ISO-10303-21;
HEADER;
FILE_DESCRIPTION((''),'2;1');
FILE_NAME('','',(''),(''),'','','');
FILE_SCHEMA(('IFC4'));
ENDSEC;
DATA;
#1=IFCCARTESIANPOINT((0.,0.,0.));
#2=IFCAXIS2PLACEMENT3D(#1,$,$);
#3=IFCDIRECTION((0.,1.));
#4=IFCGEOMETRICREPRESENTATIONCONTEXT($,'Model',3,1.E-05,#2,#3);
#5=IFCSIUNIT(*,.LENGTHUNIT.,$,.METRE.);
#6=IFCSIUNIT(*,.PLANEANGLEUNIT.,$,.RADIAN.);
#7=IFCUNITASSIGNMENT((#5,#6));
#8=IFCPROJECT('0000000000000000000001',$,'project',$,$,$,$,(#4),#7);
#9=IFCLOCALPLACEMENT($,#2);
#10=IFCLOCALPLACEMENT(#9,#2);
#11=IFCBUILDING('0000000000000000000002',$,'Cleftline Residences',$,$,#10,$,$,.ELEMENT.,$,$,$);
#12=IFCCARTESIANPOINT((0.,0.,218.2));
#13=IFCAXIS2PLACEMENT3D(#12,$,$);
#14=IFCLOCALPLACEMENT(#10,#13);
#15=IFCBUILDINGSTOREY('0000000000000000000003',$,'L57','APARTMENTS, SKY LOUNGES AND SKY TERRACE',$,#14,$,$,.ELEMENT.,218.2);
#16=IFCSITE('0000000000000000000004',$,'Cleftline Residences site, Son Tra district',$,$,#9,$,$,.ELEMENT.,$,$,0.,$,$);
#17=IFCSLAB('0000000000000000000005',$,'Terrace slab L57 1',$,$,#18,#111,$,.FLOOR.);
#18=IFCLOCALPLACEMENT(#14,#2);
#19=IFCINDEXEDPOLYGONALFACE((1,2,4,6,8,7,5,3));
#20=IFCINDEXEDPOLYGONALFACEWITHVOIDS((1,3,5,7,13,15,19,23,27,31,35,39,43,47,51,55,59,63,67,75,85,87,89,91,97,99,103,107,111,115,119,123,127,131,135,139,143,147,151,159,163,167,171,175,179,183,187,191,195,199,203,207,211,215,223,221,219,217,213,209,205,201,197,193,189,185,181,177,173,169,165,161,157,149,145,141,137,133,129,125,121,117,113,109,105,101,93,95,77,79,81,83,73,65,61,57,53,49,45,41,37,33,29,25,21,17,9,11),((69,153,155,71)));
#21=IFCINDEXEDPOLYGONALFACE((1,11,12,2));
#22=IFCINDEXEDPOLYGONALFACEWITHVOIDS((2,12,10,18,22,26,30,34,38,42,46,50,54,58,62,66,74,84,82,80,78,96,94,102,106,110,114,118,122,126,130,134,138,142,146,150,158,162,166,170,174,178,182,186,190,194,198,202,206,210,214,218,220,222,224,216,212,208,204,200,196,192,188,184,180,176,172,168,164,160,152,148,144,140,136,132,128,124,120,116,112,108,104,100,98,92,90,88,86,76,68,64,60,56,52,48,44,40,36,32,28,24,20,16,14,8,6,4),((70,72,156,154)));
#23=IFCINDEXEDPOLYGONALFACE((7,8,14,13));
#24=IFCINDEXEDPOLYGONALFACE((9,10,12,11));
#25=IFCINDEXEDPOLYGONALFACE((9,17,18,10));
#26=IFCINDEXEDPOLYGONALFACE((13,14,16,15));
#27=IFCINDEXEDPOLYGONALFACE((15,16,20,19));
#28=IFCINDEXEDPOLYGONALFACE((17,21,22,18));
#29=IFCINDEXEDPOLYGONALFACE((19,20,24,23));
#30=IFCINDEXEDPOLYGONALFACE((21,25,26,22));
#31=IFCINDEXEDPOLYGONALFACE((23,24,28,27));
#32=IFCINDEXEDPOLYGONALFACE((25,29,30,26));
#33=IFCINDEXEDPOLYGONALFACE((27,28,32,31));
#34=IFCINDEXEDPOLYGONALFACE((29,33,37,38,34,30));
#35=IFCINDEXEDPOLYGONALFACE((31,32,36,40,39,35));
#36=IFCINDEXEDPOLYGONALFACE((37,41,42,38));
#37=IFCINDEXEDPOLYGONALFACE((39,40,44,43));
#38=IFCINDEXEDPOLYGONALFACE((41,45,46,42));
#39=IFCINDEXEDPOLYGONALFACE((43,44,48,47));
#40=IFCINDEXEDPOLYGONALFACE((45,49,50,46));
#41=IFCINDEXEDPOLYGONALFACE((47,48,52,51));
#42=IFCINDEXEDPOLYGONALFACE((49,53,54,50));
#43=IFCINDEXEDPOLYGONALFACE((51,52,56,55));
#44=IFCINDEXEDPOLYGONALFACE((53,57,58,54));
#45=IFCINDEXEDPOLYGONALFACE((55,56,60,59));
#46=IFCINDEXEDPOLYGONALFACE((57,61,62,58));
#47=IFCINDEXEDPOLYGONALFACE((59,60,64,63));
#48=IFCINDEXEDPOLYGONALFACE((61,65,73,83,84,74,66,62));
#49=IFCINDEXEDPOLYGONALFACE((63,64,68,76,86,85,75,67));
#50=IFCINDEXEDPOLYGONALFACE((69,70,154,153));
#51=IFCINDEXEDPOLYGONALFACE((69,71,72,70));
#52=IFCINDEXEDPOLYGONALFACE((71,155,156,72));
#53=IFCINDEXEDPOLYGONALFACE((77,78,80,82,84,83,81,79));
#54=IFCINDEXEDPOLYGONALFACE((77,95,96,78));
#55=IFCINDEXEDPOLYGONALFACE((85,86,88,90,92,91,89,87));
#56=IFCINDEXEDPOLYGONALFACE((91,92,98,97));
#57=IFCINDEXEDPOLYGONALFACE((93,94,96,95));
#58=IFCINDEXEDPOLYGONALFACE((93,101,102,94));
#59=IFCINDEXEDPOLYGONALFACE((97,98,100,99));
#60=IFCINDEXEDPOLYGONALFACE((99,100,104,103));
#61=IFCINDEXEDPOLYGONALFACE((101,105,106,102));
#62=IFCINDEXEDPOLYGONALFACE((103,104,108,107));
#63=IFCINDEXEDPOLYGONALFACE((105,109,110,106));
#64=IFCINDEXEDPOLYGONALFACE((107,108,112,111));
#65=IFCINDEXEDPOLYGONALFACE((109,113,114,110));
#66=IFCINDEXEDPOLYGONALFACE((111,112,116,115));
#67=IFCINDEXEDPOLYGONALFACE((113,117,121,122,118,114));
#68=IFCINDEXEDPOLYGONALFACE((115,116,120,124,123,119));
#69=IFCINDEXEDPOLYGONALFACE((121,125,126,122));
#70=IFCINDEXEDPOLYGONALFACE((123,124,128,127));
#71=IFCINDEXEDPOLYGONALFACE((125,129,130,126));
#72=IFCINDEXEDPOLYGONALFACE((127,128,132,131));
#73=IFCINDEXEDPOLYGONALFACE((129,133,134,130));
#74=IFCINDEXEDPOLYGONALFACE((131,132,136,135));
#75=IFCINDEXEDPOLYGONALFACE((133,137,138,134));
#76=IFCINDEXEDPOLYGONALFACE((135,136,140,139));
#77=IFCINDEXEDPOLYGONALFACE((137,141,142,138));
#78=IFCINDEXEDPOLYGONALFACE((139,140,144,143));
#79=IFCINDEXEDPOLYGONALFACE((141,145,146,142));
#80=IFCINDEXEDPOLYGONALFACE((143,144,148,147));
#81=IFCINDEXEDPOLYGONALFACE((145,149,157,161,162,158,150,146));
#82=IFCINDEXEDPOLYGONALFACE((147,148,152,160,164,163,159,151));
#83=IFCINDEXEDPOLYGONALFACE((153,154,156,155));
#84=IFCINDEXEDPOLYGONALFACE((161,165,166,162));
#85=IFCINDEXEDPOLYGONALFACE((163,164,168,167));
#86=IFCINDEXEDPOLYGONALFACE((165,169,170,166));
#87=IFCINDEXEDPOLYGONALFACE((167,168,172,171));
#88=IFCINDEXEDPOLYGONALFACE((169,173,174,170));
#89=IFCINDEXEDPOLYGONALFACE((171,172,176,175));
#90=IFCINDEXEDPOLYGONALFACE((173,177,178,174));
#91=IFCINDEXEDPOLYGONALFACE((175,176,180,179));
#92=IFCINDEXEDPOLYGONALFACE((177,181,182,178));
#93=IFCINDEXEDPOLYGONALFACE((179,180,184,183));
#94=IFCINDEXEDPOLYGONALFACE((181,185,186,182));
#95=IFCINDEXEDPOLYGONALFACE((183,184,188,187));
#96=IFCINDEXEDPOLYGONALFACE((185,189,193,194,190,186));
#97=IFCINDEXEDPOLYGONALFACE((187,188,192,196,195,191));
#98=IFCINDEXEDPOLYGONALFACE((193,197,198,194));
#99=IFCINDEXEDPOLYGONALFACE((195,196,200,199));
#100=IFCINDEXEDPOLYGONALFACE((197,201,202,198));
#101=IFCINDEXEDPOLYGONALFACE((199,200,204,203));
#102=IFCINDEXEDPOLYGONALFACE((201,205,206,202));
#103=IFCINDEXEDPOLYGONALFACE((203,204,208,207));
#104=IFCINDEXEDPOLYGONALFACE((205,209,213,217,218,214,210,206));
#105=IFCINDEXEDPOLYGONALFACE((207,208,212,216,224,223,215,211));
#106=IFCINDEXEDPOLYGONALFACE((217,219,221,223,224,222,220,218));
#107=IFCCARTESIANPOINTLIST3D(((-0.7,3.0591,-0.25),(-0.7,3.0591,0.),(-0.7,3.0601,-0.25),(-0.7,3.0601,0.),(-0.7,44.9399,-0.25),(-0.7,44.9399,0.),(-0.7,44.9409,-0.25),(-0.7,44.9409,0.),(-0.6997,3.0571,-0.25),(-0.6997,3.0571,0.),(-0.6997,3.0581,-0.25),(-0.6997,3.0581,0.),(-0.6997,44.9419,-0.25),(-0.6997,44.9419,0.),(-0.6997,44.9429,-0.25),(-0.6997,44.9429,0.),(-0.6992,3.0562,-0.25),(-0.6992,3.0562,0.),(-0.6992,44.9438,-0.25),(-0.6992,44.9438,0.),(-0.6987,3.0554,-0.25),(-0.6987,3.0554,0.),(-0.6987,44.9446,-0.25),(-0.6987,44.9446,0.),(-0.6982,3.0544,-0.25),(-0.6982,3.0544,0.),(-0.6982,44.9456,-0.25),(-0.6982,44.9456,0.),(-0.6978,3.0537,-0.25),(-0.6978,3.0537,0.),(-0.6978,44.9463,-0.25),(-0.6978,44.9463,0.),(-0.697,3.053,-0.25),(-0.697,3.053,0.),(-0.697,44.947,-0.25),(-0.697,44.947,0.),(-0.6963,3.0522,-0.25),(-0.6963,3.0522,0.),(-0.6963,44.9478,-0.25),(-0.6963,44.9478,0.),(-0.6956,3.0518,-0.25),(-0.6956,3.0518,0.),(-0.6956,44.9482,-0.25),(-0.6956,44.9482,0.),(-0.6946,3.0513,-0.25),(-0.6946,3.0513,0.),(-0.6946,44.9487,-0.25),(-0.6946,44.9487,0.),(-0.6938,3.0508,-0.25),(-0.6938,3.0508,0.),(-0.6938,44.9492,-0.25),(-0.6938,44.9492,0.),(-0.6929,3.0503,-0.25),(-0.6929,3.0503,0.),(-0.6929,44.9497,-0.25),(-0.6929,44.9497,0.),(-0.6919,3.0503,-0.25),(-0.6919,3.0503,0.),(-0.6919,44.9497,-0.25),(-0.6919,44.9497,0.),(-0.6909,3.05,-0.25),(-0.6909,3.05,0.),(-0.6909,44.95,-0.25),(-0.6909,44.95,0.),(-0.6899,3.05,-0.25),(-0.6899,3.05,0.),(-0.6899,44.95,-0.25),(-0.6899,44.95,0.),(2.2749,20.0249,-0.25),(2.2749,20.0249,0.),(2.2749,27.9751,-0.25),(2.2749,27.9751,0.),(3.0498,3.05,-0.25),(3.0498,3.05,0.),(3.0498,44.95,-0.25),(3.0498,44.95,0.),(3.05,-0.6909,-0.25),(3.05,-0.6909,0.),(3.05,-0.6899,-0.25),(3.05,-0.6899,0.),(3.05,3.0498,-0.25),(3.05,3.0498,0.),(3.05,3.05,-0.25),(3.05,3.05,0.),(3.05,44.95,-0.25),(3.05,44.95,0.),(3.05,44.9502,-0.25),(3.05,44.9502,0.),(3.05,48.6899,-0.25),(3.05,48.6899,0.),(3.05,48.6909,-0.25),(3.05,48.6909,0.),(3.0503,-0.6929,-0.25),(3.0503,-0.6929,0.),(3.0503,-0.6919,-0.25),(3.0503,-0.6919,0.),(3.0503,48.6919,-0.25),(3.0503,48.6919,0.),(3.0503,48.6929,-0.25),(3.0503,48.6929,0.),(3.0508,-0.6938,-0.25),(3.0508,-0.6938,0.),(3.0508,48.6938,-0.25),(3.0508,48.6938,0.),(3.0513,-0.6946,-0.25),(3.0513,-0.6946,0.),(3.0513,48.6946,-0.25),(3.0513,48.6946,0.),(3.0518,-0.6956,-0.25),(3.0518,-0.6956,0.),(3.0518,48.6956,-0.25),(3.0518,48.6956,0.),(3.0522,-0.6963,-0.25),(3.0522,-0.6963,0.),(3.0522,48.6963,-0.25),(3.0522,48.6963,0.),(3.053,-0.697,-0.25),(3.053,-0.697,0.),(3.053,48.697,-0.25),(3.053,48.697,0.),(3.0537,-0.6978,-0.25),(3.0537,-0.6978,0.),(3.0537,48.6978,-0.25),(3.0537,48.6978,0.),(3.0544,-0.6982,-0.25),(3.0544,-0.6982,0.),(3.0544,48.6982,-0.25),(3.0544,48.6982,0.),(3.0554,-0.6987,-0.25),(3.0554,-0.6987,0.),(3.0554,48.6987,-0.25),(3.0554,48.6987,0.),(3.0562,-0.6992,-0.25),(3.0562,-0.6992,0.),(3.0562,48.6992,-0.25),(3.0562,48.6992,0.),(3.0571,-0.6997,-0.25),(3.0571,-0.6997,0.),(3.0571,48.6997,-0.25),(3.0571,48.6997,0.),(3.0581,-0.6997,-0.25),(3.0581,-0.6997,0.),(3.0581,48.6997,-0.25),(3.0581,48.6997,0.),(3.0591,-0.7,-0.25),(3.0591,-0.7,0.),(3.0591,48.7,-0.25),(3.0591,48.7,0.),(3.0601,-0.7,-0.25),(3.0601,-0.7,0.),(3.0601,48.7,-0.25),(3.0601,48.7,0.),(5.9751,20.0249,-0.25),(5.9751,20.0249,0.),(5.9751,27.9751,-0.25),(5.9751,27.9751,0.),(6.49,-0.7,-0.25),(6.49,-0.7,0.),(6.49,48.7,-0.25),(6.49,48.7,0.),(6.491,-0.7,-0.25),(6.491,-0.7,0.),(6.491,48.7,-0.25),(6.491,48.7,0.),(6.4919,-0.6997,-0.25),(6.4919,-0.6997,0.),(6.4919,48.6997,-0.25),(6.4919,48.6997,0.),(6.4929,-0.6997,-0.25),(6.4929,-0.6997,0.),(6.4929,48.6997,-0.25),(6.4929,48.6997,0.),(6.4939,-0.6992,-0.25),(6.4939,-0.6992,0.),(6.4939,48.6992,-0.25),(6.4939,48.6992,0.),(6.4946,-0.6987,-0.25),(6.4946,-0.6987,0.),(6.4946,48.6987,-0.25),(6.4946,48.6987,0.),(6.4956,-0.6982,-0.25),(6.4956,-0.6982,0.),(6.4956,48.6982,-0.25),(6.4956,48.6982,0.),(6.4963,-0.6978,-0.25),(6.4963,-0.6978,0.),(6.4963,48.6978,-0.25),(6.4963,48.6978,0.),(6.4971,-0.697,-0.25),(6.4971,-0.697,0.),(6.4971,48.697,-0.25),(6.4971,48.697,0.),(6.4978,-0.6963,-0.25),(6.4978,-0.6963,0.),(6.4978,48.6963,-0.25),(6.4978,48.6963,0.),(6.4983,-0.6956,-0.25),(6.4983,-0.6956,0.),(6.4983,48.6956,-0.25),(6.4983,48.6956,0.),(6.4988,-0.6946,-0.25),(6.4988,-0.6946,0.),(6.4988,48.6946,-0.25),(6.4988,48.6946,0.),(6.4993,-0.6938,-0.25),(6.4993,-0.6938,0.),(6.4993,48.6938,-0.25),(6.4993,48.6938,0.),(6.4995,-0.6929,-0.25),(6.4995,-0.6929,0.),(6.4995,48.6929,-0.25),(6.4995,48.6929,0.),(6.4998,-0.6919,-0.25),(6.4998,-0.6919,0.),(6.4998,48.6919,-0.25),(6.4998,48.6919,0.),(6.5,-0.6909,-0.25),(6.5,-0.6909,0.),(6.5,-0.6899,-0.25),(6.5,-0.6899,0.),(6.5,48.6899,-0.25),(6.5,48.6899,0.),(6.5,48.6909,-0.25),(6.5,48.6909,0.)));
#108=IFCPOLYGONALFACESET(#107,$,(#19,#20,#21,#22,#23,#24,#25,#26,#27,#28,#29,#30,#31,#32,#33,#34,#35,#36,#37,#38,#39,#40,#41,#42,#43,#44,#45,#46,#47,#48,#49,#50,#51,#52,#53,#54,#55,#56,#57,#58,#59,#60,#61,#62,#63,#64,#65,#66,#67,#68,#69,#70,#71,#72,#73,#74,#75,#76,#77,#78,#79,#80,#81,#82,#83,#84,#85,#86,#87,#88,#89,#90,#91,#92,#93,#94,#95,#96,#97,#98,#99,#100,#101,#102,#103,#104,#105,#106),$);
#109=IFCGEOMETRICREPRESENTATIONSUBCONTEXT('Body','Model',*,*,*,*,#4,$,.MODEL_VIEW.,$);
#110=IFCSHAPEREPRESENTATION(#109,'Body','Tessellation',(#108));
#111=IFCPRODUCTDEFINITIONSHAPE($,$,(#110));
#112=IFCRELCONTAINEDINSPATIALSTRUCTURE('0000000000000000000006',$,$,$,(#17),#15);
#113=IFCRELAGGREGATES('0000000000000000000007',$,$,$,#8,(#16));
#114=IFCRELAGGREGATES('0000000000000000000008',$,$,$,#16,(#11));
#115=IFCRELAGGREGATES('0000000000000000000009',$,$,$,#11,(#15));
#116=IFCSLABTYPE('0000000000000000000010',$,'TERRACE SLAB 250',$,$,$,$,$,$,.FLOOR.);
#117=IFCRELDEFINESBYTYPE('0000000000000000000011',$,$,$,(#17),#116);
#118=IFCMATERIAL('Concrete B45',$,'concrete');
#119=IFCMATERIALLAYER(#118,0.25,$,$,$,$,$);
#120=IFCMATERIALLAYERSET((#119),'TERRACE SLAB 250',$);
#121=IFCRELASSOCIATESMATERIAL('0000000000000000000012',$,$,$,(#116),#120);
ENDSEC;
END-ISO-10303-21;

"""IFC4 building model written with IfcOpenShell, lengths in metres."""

from ifc_helpers import new_model, si_unit, direction, frame, origin, place, context, subcontext, project, spatial, polyline, outline, extrude, material, layer, layer_set, type_object, element, save


model = new_model("IFC4")

# Units and contexts
model_context = context("Model", 3, precision=1e-05, world=origin(), true_north=direction((0.0, 1.0)))
body_context = subcontext(model_context, "Body", "Model", "MODEL_VIEW")
ifc_project = project(units=[si_unit("LENGTHUNIT", "METRE"), si_unit("PLANEANGLEUNIT", "RADIAN")], contexts=[model_context])

# Site, building, storey
site_placement = place(None, origin())
site = spatial("IfcSite", under=ifc_project, at=site_placement, Name="Cleftline Residences site, Son Tra district", CompositionType="ELEMENT", RefElevation=0.0)
building_placement = place(site_placement, origin())
building = spatial("IfcBuilding", under=site, at=building_placement, Name="Cleftline Residences", CompositionType="ELEMENT")
storey_placement = place(building_placement, frame((0.0, 0.0, 218.2)))
storey = spatial("IfcBuildingStorey", under=building, at=storey_placement, Name="L57", Description="APARTMENTS, SKY LOUNGES AND SKY TERRACE", CompositionType="ELEMENT", Elevation=218.2)

# Slab
ifc_material_1 = material(Name="Concrete B45", Category="concrete")
ifc_layer_1 = layer(ifc_material_1, 0.25)
ifc_layer_set_1 = layer_set([ifc_layer_1], Name="TERRACE SLAB 250")
slab_type_1 = type_object("IfcSlabType", Name="TERRACE SLAB 250", PredefinedType="FLOOR", material=ifc_layer_set_1)
slab_1_placement = place(storey_placement, frame((0.0, 0.0, -0.25)))
element("IfcSlab", 1, at=slab_1_placement, inside=storey, type_object=slab_type_1, Name="Terrace slab L57 1", PredefinedType="FLOOR", context=body_context, shape_type="SweptSolid", body=[
    extrude(outline(polyline([(3.05, 3.0498), (3.05, -0.6899), (3.05, -0.6909), (3.0503, -0.6919), (3.0503, -0.6929), (3.0508, -0.6938), (3.0513, -0.6946), (3.0518, -0.6956), (3.0522, -0.6963), (3.053, -0.697), (3.0537, -0.6978), (3.0544, -0.6982), (3.0554, -0.6987), (3.0562, -0.6992), (3.0571, -0.6997), (3.0581, -0.6997), (3.0591, -0.7), (3.0601, -0.7), (6.49, -0.7), (6.491, -0.7), (6.4919, -0.6997), (6.4929, -0.6997), (6.4939, -0.6992), (6.4946, -0.6987), (6.4956, -0.6982), (6.4963, -0.6978), (6.4971, -0.697), (6.4978, -0.6963), (6.4983, -0.6956), (6.4988, -0.6946), (6.4993, -0.6938), (6.4995, -0.6929), (6.4998, -0.6919), (6.5, -0.6909), (6.5, -0.6899), (6.5, 48.6899), (6.5, 48.6909), (6.4998, 48.6919), (6.4995, 48.6929), (6.4993, 48.6938), (6.4988, 48.6946), (6.4983, 48.6956), (6.4978, 48.6963), (6.4971, 48.697), (6.4963, 48.6978), (6.4956, 48.6982), (6.4946, 48.6987), (6.4939, 48.6992), (6.4929, 48.6997), (6.4919, 48.6997), (6.491, 48.7), (6.49, 48.7), (3.0601, 48.7), (3.0591, 48.7), (3.0581, 48.6997), (3.0571, 48.6997), (3.0562, 48.6992), (3.0554, 48.6987), (3.0544, 48.6982), (3.0537, 48.6978), (3.053, 48.697), (3.0522, 48.6963), (3.0518, 48.6956), (3.0513, 48.6946), (3.0508, 48.6938), (3.0503, 48.6929), (3.0503, 48.6919), (3.05, 48.6909), (3.05, 48.6899), (3.05, 44.9502), (3.05, 44.95), (3.0498, 44.95), (-0.6899, 44.95), (-0.6909, 44.95), (-0.6919, 44.9497), (-0.6929, 44.9497), (-0.6938, 44.9492), (-0.6946, 44.9487), (-0.6956, 44.9482), (-0.6963, 44.9478), (-0.697, 44.947), (-0.6978, 44.9463), (-0.6982, 44.9456), (-0.6987, 44.9446), (-0.6992, 44.9438), (-0.6997, 44.9429), (-0.6997, 44.9419), (-0.7, 44.9409), (-0.7, 44.9399), (-0.7, 3.0601), (-0.7, 3.0591), (-0.6997, 3.0581), (-0.6997, 3.0571), (-0.6992, 3.0562), (-0.6987, 3.0554), (-0.6982, 3.0544), (-0.6978, 3.0537), (-0.697, 3.053), (-0.6963, 3.0522), (-0.6956, 3.0518), (-0.6946, 3.0513), (-0.6938, 3.0508), (-0.6929, 3.0503), (-0.6919, 3.0503), (-0.6909, 3.05), (-0.6899, 3.05), (3.0498, 3.05), (3.05, 3.05), (3.05, 3.0498)]), holes=[polyline([(5.9751, 20.0249), (5.9751, 27.9751), (2.2749, 27.9751), (2.2749, 20.0249), (5.9751, 20.0249)])]), origin(), (0.0, 0.0, 1.0), 0.25),
])

save(model, "model.ifc")
